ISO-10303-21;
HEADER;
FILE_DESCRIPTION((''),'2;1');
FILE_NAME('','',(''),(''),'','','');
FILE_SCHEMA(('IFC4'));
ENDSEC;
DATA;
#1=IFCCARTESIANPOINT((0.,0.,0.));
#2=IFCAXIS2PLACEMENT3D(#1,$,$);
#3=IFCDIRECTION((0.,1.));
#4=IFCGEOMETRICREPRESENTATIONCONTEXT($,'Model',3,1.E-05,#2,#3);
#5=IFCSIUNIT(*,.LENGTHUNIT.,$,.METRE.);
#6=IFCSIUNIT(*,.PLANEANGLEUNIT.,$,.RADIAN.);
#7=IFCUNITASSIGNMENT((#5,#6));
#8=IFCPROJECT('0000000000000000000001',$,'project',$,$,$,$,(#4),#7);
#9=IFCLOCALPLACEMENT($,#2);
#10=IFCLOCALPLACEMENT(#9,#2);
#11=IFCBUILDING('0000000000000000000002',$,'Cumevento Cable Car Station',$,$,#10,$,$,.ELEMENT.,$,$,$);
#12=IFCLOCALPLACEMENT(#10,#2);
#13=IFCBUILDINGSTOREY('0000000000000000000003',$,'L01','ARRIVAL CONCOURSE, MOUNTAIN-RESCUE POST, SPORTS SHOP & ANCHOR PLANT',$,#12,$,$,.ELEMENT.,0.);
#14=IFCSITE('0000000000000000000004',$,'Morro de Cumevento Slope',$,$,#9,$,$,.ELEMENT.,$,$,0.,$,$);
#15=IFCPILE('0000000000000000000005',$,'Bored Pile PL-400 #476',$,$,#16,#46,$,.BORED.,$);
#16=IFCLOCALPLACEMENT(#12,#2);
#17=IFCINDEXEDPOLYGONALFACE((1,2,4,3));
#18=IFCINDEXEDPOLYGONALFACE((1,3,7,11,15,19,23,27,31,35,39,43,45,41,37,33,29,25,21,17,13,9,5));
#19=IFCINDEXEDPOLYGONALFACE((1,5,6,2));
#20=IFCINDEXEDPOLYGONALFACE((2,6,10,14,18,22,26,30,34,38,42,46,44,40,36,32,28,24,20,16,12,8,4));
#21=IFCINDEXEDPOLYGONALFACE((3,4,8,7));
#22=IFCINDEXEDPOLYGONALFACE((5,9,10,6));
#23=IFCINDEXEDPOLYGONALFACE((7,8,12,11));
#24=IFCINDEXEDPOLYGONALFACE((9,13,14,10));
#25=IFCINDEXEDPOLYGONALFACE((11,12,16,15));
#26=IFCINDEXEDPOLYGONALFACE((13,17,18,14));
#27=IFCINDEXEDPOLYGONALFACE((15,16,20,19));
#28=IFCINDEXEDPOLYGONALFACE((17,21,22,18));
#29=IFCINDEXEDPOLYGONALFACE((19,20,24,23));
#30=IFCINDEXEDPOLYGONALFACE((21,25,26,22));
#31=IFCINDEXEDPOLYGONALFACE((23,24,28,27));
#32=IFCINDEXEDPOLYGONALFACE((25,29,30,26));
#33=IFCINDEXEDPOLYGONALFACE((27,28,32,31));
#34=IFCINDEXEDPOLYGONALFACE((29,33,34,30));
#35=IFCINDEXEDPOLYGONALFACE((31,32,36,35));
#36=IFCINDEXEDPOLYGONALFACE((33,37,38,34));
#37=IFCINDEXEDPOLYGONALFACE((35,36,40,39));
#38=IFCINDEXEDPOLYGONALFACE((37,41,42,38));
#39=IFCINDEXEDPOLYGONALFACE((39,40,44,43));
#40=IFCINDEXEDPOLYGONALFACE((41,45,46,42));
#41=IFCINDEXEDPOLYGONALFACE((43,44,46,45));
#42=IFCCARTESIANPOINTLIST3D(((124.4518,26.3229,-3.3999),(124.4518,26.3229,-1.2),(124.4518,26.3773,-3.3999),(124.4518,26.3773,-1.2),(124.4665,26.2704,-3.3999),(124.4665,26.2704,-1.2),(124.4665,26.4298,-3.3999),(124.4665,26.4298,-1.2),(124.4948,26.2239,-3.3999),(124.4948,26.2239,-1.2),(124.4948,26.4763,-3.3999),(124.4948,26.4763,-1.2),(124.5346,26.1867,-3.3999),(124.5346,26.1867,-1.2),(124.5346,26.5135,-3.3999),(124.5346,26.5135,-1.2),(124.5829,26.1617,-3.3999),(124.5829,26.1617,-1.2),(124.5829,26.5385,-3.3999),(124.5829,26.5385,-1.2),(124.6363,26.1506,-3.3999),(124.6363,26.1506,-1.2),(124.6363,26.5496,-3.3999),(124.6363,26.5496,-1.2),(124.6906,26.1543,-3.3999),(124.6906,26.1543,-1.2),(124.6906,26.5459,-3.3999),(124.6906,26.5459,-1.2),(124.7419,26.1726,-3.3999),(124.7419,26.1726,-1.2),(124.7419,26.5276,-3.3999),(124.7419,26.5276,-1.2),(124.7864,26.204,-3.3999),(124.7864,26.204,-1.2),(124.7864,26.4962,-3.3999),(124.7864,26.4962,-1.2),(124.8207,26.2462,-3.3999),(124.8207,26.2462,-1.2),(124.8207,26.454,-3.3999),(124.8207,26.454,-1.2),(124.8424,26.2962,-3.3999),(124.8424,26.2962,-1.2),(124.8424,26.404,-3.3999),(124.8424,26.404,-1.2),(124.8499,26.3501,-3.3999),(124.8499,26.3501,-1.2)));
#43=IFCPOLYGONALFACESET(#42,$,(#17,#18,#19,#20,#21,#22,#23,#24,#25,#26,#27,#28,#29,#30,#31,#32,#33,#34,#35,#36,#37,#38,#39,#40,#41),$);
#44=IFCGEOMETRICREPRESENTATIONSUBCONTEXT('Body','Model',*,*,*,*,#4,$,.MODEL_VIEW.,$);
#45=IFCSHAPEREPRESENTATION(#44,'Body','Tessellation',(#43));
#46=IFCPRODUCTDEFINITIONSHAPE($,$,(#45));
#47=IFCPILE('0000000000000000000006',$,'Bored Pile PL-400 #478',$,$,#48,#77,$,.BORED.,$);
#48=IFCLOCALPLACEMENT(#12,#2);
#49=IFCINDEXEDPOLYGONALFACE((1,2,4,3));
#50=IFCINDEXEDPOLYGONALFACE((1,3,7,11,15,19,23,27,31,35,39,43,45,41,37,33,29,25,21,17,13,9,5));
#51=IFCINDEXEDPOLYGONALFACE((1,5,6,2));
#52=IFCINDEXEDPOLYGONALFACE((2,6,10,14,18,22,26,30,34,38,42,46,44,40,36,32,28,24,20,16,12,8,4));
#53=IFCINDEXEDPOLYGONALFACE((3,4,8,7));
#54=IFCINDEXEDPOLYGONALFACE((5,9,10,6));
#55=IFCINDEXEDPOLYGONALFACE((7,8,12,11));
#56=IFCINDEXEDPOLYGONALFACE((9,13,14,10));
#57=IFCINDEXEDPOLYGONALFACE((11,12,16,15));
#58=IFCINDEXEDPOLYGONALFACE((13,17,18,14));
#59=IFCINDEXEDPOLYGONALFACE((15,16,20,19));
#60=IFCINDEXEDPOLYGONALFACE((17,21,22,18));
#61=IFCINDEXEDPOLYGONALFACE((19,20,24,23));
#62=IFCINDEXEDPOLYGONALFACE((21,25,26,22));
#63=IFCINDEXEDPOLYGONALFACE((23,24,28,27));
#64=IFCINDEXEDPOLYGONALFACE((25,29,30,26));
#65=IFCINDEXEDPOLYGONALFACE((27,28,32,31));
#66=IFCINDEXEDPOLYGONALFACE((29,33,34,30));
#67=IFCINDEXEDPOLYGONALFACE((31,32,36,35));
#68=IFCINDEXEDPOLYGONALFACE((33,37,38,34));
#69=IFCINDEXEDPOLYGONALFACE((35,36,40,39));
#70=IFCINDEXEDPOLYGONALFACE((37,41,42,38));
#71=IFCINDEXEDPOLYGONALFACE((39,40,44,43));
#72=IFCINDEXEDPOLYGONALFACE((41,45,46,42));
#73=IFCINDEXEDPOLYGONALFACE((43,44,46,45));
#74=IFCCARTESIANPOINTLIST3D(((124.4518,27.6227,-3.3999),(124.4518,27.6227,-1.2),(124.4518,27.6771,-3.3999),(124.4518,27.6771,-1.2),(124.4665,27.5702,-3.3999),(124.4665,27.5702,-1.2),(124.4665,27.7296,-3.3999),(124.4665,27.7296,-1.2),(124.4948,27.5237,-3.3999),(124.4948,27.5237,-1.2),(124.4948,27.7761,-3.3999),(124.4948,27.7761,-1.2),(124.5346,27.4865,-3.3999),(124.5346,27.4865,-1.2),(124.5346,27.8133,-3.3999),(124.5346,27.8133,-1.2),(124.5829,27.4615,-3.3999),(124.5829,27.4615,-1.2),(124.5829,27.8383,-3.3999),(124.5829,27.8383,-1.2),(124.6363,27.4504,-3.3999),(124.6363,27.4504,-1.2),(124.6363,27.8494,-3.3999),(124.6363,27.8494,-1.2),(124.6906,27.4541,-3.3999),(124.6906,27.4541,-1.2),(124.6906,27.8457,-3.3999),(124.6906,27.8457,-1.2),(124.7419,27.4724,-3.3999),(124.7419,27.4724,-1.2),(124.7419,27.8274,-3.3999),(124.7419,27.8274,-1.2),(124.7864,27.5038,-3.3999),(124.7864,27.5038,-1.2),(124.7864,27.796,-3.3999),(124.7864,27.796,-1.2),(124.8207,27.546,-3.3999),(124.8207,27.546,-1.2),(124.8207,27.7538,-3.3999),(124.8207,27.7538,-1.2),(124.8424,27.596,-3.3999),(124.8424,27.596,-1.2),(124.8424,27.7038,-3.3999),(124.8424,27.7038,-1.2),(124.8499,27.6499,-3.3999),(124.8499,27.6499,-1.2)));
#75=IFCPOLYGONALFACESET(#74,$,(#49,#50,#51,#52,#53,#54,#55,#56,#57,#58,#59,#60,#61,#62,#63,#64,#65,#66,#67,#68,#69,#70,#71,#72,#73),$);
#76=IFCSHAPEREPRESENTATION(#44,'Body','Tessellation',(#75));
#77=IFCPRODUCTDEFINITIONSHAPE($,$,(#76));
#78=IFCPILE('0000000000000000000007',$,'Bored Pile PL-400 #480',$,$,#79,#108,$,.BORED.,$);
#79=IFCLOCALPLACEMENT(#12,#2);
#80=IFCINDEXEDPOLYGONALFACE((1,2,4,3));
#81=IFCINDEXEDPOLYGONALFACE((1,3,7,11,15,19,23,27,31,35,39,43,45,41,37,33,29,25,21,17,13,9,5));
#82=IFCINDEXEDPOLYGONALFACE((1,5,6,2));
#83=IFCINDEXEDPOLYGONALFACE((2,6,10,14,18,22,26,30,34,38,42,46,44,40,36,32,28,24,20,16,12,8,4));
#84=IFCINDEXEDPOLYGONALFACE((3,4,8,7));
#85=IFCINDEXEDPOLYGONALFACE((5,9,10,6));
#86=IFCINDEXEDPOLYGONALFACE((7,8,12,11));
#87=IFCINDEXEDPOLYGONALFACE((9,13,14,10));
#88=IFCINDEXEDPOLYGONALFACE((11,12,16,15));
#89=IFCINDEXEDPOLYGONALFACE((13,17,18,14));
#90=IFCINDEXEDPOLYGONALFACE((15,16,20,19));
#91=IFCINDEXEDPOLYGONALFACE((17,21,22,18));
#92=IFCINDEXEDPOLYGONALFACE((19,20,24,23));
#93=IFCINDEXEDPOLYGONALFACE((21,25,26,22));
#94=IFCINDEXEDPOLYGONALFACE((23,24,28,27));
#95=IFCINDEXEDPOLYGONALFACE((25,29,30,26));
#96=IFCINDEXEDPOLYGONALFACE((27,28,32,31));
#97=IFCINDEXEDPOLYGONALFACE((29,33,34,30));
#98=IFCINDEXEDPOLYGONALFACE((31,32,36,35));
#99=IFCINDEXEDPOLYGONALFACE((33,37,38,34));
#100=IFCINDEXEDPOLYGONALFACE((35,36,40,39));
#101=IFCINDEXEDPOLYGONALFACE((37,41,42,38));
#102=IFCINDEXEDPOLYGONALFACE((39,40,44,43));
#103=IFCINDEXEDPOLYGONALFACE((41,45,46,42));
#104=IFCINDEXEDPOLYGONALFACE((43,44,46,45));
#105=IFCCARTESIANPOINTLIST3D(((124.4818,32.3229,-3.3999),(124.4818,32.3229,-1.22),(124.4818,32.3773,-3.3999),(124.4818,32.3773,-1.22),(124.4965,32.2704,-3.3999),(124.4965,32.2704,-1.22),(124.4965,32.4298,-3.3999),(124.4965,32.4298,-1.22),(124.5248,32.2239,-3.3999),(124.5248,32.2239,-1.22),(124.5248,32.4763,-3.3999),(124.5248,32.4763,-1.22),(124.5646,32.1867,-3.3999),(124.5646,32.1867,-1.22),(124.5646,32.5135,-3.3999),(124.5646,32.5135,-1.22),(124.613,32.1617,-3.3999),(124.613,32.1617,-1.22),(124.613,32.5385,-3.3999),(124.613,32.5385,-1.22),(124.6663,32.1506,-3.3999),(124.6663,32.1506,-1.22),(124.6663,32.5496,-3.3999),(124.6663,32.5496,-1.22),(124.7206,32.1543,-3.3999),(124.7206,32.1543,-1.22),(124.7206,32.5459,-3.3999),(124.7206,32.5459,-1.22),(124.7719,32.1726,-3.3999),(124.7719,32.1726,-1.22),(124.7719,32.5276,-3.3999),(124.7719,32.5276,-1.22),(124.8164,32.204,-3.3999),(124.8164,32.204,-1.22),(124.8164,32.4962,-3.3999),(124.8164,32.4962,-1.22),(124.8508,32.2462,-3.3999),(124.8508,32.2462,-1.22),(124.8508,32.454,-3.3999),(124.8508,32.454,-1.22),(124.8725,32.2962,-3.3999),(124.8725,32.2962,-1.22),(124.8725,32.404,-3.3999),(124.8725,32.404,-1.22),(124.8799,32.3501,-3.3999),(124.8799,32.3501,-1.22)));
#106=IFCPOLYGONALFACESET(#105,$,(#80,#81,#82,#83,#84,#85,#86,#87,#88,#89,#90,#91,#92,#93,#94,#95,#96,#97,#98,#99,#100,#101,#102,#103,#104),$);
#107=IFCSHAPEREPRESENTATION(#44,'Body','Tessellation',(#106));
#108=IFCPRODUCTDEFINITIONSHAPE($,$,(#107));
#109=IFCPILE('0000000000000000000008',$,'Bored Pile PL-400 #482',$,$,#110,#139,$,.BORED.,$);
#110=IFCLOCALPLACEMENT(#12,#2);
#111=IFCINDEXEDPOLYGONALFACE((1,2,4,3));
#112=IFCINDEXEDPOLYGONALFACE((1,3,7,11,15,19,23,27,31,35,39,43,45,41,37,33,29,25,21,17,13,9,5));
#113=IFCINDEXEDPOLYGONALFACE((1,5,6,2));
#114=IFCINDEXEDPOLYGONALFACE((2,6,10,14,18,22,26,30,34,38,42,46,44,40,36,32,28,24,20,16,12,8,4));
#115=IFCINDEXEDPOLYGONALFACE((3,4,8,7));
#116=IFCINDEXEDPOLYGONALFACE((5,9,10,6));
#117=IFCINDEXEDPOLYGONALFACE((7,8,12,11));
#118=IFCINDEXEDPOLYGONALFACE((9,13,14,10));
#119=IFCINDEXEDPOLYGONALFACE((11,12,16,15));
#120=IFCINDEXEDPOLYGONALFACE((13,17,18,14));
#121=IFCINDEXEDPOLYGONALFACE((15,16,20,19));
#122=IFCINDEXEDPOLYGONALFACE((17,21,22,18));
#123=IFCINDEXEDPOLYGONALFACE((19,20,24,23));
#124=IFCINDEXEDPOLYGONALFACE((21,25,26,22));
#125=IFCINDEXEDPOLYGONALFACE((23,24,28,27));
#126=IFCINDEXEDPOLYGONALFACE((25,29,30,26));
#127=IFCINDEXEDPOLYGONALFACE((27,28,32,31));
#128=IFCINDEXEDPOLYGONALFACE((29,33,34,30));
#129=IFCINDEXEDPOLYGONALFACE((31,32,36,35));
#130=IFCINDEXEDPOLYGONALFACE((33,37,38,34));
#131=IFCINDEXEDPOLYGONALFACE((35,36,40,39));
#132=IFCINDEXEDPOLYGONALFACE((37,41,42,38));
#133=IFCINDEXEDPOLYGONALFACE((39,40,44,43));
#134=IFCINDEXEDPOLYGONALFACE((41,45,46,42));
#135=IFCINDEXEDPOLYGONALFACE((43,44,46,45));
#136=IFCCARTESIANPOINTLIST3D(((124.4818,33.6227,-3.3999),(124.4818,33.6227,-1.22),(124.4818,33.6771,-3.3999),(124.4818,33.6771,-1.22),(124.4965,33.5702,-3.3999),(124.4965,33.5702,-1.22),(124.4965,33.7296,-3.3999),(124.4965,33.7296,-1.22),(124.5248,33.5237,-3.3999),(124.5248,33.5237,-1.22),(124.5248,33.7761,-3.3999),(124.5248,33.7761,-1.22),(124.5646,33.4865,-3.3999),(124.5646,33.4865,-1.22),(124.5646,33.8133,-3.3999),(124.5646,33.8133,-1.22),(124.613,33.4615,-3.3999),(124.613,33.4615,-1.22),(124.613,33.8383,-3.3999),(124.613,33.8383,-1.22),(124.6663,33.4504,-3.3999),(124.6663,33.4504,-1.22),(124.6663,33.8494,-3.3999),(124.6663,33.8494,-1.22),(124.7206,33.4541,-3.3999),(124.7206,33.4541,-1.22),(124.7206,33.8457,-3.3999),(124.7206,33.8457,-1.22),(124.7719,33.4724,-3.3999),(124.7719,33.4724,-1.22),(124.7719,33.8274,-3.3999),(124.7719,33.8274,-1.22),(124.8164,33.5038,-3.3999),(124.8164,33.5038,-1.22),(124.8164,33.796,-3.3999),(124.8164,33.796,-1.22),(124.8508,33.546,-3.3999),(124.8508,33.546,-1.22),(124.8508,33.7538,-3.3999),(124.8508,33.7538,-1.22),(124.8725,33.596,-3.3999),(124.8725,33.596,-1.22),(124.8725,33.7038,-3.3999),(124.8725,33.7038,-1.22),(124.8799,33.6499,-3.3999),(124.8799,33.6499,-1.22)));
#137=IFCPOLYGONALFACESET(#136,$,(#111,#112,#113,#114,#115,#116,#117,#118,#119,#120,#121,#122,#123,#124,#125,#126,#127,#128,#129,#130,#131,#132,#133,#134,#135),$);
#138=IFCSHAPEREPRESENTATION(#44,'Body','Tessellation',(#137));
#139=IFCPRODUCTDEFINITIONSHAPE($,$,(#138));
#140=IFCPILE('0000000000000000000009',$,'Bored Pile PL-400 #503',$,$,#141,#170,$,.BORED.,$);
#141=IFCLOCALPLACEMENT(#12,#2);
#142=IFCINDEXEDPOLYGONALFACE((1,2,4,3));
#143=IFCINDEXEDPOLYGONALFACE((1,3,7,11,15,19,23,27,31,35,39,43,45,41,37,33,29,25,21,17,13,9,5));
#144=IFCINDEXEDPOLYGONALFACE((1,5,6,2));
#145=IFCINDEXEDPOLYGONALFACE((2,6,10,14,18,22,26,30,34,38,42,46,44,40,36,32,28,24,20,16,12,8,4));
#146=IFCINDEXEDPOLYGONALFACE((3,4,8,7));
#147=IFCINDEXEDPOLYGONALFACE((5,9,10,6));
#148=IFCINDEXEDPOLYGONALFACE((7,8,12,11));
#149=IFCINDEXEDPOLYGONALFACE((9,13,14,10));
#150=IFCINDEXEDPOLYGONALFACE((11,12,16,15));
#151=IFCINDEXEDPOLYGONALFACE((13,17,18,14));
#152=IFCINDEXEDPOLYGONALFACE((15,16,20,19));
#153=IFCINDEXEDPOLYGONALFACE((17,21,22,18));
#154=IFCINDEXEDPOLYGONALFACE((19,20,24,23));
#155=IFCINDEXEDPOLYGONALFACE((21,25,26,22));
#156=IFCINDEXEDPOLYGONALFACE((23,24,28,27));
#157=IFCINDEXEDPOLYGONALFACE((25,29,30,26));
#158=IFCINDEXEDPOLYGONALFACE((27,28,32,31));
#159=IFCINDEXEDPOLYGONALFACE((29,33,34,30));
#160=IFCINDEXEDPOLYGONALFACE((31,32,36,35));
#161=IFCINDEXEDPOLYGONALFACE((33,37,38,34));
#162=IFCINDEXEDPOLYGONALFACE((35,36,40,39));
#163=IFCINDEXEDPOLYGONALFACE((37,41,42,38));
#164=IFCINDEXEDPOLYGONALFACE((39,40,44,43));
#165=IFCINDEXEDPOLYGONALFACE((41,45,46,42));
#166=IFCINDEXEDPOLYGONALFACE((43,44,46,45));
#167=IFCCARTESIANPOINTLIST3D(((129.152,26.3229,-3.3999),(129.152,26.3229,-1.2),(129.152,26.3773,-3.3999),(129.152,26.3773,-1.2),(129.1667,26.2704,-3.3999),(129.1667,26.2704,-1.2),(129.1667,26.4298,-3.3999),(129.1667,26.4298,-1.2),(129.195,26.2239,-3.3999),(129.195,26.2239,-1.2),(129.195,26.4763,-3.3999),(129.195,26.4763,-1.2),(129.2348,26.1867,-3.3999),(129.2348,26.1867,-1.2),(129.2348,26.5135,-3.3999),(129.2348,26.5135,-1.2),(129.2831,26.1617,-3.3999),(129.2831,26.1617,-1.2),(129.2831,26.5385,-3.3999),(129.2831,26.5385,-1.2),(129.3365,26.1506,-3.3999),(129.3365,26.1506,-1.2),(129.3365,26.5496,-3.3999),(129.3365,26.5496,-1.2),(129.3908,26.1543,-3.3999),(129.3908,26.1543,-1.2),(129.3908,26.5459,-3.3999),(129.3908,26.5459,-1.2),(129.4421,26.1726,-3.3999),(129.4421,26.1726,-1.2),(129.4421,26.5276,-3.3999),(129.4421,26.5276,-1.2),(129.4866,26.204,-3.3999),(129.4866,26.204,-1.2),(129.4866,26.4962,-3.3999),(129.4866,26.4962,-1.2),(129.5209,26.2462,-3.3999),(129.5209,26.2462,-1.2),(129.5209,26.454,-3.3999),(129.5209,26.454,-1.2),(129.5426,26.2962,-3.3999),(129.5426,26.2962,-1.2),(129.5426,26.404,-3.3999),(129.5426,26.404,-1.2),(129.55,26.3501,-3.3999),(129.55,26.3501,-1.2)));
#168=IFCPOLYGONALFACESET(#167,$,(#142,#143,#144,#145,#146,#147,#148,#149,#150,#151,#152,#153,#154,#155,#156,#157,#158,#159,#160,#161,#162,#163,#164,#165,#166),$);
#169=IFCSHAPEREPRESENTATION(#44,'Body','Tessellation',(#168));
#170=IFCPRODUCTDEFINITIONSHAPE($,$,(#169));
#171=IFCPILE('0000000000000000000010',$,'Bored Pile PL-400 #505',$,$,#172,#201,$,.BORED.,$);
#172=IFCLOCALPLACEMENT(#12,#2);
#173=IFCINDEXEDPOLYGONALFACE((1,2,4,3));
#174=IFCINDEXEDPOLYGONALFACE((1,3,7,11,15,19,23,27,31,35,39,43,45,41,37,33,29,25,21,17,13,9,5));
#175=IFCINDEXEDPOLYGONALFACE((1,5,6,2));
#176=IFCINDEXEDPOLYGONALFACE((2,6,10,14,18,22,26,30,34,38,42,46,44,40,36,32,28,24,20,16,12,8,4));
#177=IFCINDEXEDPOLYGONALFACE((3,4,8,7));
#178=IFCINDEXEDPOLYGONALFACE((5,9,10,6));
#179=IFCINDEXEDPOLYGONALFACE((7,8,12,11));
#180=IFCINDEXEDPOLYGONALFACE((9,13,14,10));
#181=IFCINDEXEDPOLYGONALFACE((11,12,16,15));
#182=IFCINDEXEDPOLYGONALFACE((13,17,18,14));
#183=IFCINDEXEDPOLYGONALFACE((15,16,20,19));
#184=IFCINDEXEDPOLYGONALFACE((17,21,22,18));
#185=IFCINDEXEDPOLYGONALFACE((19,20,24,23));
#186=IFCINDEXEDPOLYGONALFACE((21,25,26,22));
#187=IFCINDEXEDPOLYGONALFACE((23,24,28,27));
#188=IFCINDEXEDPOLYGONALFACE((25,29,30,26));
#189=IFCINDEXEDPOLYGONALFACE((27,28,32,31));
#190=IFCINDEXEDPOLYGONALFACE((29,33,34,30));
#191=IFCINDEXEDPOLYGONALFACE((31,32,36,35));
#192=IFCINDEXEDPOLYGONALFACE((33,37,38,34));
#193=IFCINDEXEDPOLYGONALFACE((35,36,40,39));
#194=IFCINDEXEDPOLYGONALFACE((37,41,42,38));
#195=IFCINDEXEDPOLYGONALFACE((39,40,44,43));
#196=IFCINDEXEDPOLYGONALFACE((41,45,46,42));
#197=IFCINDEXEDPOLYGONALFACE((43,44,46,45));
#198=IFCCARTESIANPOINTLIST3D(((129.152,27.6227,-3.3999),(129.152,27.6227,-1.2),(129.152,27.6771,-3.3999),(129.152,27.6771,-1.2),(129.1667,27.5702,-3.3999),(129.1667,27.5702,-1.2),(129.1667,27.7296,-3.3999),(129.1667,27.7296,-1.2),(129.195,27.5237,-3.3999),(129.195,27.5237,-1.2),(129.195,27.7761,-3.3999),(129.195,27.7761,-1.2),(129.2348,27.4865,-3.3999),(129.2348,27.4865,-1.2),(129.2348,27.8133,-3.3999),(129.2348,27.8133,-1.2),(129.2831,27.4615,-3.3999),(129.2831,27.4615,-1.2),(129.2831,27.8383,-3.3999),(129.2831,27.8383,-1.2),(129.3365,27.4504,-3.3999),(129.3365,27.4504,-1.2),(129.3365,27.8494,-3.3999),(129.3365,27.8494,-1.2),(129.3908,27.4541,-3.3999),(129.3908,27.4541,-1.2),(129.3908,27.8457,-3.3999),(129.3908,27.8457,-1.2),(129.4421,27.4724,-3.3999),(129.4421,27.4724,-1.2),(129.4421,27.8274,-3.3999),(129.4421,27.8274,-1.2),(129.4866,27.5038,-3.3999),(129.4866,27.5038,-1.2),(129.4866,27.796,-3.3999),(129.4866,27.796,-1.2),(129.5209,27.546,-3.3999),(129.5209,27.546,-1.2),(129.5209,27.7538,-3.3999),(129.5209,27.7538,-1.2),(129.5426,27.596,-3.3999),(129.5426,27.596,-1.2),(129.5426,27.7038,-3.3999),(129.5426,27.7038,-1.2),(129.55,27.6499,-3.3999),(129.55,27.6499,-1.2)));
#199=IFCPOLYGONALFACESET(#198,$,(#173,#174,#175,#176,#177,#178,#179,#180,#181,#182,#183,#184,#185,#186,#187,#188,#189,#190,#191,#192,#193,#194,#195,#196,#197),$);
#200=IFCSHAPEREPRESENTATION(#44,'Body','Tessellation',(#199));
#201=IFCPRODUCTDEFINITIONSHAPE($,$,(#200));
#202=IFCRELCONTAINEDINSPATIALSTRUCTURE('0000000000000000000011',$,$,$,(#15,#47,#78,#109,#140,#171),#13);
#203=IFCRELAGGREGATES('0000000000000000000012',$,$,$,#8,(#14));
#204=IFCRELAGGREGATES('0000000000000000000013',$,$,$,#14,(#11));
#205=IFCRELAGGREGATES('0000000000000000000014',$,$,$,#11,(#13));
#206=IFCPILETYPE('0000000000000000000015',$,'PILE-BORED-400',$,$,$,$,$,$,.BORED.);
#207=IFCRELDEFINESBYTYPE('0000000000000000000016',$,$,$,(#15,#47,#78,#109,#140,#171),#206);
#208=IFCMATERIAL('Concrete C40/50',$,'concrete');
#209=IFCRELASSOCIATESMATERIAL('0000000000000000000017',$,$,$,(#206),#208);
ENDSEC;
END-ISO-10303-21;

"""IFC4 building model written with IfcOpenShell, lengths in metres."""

from ifc_helpers import new_model, si_unit, direction, frame, origin, origin_2d, place, context, subcontext, project, spatial, circle, extrude, material, material_profile, profile_set, type_object, element, save


model = new_model("IFC4")

# Units and contexts
model_context = context("Model", 3, precision=1e-05, world=origin(), true_north=direction((0.0, 1.0)))
body_context = subcontext(model_context, "Body", "Model", "MODEL_VIEW")
ifc_project = project(units=[si_unit("LENGTHUNIT", "METRE"), si_unit("PLANEANGLEUNIT", "RADIAN")], contexts=[model_context])

# Site, building, storey
site_placement = place(None, origin())
site = spatial("IfcSite", under=ifc_project, at=site_placement, Name="Morro de Cumevento Slope", CompositionType="ELEMENT", RefElevation=0.0)
building_placement = place(site_placement, origin())
building = spatial("IfcBuilding", under=site, at=building_placement, Name="Cumevento Cable Car Station", CompositionType="ELEMENT")
storey_placement = place(building_placement, origin())
storey = spatial("IfcBuildingStorey", under=building, at=storey_placement, Name="L01", Description="ARRIVAL CONCOURSE, MOUNTAIN-RESCUE POST, SPORTS SHOP & ANCHOR PLANT", CompositionType="ELEMENT", Elevation=0.0)

# Piles
ifc_material_1 = material(Name="Concrete C40/50", Category="concrete")
ifc_material_profile = material_profile(ifc_material_1, circle(Radius=0.2, at=origin_2d()), Name="PILE-D400")
ifc_profile_set = profile_set([ifc_material_profile], Name="Concrete C40/50")
pile_type = type_object("IfcPileType", Name="PILE-BORED-400", PredefinedType="BORED", material=ifc_profile_set)
for number, where, z_axis, x_axis, name in (
    (1, (124.6499, 26.3501, -1.2), (0.0, 0.0, -1.0), (1.0, 0.0, 0.0), "Bored Pile PL-400 #476"),
    (2, (124.6499, 27.6499, -1.2), (0.0, 0.0, -1.0), (1.0, 0.0, 0.0), "Bored Pile PL-400 #478"),
):
    element("IfcPile", number, at=place(storey_placement, frame(where, z_axis=z_axis, x_axis=x_axis)), inside=storey, type_object=pile_type, Name=name, PredefinedType="BORED", context=body_context, shape_type="SweptSolid", body=[
        extrude(circle(Radius=0.2, at=origin_2d()), origin(), (0.0, 0.0, 1.0), 2.2),
    ])
for number, where, z_axis, x_axis, name in (
    (3, (124.6799, 32.3501, -1.22), (0.0, 0.0, -1.0), (1.0, 0.0, 0.0), "Bored Pile PL-400 #480"),
    (4, (124.6799, 33.6499, -1.22), (0.0, 0.0, -1.0), (1.0, 0.0, 0.0), "Bored Pile PL-400 #482"),
):
    element("IfcPile", number, at=place(storey_placement, frame(where, z_axis=z_axis, x_axis=x_axis)), inside=storey, type_object=pile_type, Name=name, PredefinedType="BORED", context=body_context, shape_type="SweptSolid", body=[
        extrude(circle(Radius=0.2, at=origin_2d()), origin(), (0.0, 0.0, 1.0), 2.1799),
    ])
for number, where, z_axis, x_axis, name in (
    (5, (129.3501, 26.3501, -1.2), (0.0, 0.0, -1.0), (1.0, 0.0, 0.0), "Bored Pile PL-400 #503"),
    (6, (129.3501, 27.6499, -1.2), (0.0, 0.0, -1.0), (1.0, 0.0, 0.0), "Bored Pile PL-400 #505"),
):
    element("IfcPile", number, at=place(storey_placement, frame(where, z_axis=z_axis, x_axis=x_axis)), inside=storey, type_object=pile_type, Name=name, PredefinedType="BORED", context=body_context, shape_type="SweptSolid", body=[
        extrude(circle(Radius=0.2, at=origin_2d()), origin(), (0.0, 0.0, 1.0), 2.2),
    ])

save(model, "model.ifc")
